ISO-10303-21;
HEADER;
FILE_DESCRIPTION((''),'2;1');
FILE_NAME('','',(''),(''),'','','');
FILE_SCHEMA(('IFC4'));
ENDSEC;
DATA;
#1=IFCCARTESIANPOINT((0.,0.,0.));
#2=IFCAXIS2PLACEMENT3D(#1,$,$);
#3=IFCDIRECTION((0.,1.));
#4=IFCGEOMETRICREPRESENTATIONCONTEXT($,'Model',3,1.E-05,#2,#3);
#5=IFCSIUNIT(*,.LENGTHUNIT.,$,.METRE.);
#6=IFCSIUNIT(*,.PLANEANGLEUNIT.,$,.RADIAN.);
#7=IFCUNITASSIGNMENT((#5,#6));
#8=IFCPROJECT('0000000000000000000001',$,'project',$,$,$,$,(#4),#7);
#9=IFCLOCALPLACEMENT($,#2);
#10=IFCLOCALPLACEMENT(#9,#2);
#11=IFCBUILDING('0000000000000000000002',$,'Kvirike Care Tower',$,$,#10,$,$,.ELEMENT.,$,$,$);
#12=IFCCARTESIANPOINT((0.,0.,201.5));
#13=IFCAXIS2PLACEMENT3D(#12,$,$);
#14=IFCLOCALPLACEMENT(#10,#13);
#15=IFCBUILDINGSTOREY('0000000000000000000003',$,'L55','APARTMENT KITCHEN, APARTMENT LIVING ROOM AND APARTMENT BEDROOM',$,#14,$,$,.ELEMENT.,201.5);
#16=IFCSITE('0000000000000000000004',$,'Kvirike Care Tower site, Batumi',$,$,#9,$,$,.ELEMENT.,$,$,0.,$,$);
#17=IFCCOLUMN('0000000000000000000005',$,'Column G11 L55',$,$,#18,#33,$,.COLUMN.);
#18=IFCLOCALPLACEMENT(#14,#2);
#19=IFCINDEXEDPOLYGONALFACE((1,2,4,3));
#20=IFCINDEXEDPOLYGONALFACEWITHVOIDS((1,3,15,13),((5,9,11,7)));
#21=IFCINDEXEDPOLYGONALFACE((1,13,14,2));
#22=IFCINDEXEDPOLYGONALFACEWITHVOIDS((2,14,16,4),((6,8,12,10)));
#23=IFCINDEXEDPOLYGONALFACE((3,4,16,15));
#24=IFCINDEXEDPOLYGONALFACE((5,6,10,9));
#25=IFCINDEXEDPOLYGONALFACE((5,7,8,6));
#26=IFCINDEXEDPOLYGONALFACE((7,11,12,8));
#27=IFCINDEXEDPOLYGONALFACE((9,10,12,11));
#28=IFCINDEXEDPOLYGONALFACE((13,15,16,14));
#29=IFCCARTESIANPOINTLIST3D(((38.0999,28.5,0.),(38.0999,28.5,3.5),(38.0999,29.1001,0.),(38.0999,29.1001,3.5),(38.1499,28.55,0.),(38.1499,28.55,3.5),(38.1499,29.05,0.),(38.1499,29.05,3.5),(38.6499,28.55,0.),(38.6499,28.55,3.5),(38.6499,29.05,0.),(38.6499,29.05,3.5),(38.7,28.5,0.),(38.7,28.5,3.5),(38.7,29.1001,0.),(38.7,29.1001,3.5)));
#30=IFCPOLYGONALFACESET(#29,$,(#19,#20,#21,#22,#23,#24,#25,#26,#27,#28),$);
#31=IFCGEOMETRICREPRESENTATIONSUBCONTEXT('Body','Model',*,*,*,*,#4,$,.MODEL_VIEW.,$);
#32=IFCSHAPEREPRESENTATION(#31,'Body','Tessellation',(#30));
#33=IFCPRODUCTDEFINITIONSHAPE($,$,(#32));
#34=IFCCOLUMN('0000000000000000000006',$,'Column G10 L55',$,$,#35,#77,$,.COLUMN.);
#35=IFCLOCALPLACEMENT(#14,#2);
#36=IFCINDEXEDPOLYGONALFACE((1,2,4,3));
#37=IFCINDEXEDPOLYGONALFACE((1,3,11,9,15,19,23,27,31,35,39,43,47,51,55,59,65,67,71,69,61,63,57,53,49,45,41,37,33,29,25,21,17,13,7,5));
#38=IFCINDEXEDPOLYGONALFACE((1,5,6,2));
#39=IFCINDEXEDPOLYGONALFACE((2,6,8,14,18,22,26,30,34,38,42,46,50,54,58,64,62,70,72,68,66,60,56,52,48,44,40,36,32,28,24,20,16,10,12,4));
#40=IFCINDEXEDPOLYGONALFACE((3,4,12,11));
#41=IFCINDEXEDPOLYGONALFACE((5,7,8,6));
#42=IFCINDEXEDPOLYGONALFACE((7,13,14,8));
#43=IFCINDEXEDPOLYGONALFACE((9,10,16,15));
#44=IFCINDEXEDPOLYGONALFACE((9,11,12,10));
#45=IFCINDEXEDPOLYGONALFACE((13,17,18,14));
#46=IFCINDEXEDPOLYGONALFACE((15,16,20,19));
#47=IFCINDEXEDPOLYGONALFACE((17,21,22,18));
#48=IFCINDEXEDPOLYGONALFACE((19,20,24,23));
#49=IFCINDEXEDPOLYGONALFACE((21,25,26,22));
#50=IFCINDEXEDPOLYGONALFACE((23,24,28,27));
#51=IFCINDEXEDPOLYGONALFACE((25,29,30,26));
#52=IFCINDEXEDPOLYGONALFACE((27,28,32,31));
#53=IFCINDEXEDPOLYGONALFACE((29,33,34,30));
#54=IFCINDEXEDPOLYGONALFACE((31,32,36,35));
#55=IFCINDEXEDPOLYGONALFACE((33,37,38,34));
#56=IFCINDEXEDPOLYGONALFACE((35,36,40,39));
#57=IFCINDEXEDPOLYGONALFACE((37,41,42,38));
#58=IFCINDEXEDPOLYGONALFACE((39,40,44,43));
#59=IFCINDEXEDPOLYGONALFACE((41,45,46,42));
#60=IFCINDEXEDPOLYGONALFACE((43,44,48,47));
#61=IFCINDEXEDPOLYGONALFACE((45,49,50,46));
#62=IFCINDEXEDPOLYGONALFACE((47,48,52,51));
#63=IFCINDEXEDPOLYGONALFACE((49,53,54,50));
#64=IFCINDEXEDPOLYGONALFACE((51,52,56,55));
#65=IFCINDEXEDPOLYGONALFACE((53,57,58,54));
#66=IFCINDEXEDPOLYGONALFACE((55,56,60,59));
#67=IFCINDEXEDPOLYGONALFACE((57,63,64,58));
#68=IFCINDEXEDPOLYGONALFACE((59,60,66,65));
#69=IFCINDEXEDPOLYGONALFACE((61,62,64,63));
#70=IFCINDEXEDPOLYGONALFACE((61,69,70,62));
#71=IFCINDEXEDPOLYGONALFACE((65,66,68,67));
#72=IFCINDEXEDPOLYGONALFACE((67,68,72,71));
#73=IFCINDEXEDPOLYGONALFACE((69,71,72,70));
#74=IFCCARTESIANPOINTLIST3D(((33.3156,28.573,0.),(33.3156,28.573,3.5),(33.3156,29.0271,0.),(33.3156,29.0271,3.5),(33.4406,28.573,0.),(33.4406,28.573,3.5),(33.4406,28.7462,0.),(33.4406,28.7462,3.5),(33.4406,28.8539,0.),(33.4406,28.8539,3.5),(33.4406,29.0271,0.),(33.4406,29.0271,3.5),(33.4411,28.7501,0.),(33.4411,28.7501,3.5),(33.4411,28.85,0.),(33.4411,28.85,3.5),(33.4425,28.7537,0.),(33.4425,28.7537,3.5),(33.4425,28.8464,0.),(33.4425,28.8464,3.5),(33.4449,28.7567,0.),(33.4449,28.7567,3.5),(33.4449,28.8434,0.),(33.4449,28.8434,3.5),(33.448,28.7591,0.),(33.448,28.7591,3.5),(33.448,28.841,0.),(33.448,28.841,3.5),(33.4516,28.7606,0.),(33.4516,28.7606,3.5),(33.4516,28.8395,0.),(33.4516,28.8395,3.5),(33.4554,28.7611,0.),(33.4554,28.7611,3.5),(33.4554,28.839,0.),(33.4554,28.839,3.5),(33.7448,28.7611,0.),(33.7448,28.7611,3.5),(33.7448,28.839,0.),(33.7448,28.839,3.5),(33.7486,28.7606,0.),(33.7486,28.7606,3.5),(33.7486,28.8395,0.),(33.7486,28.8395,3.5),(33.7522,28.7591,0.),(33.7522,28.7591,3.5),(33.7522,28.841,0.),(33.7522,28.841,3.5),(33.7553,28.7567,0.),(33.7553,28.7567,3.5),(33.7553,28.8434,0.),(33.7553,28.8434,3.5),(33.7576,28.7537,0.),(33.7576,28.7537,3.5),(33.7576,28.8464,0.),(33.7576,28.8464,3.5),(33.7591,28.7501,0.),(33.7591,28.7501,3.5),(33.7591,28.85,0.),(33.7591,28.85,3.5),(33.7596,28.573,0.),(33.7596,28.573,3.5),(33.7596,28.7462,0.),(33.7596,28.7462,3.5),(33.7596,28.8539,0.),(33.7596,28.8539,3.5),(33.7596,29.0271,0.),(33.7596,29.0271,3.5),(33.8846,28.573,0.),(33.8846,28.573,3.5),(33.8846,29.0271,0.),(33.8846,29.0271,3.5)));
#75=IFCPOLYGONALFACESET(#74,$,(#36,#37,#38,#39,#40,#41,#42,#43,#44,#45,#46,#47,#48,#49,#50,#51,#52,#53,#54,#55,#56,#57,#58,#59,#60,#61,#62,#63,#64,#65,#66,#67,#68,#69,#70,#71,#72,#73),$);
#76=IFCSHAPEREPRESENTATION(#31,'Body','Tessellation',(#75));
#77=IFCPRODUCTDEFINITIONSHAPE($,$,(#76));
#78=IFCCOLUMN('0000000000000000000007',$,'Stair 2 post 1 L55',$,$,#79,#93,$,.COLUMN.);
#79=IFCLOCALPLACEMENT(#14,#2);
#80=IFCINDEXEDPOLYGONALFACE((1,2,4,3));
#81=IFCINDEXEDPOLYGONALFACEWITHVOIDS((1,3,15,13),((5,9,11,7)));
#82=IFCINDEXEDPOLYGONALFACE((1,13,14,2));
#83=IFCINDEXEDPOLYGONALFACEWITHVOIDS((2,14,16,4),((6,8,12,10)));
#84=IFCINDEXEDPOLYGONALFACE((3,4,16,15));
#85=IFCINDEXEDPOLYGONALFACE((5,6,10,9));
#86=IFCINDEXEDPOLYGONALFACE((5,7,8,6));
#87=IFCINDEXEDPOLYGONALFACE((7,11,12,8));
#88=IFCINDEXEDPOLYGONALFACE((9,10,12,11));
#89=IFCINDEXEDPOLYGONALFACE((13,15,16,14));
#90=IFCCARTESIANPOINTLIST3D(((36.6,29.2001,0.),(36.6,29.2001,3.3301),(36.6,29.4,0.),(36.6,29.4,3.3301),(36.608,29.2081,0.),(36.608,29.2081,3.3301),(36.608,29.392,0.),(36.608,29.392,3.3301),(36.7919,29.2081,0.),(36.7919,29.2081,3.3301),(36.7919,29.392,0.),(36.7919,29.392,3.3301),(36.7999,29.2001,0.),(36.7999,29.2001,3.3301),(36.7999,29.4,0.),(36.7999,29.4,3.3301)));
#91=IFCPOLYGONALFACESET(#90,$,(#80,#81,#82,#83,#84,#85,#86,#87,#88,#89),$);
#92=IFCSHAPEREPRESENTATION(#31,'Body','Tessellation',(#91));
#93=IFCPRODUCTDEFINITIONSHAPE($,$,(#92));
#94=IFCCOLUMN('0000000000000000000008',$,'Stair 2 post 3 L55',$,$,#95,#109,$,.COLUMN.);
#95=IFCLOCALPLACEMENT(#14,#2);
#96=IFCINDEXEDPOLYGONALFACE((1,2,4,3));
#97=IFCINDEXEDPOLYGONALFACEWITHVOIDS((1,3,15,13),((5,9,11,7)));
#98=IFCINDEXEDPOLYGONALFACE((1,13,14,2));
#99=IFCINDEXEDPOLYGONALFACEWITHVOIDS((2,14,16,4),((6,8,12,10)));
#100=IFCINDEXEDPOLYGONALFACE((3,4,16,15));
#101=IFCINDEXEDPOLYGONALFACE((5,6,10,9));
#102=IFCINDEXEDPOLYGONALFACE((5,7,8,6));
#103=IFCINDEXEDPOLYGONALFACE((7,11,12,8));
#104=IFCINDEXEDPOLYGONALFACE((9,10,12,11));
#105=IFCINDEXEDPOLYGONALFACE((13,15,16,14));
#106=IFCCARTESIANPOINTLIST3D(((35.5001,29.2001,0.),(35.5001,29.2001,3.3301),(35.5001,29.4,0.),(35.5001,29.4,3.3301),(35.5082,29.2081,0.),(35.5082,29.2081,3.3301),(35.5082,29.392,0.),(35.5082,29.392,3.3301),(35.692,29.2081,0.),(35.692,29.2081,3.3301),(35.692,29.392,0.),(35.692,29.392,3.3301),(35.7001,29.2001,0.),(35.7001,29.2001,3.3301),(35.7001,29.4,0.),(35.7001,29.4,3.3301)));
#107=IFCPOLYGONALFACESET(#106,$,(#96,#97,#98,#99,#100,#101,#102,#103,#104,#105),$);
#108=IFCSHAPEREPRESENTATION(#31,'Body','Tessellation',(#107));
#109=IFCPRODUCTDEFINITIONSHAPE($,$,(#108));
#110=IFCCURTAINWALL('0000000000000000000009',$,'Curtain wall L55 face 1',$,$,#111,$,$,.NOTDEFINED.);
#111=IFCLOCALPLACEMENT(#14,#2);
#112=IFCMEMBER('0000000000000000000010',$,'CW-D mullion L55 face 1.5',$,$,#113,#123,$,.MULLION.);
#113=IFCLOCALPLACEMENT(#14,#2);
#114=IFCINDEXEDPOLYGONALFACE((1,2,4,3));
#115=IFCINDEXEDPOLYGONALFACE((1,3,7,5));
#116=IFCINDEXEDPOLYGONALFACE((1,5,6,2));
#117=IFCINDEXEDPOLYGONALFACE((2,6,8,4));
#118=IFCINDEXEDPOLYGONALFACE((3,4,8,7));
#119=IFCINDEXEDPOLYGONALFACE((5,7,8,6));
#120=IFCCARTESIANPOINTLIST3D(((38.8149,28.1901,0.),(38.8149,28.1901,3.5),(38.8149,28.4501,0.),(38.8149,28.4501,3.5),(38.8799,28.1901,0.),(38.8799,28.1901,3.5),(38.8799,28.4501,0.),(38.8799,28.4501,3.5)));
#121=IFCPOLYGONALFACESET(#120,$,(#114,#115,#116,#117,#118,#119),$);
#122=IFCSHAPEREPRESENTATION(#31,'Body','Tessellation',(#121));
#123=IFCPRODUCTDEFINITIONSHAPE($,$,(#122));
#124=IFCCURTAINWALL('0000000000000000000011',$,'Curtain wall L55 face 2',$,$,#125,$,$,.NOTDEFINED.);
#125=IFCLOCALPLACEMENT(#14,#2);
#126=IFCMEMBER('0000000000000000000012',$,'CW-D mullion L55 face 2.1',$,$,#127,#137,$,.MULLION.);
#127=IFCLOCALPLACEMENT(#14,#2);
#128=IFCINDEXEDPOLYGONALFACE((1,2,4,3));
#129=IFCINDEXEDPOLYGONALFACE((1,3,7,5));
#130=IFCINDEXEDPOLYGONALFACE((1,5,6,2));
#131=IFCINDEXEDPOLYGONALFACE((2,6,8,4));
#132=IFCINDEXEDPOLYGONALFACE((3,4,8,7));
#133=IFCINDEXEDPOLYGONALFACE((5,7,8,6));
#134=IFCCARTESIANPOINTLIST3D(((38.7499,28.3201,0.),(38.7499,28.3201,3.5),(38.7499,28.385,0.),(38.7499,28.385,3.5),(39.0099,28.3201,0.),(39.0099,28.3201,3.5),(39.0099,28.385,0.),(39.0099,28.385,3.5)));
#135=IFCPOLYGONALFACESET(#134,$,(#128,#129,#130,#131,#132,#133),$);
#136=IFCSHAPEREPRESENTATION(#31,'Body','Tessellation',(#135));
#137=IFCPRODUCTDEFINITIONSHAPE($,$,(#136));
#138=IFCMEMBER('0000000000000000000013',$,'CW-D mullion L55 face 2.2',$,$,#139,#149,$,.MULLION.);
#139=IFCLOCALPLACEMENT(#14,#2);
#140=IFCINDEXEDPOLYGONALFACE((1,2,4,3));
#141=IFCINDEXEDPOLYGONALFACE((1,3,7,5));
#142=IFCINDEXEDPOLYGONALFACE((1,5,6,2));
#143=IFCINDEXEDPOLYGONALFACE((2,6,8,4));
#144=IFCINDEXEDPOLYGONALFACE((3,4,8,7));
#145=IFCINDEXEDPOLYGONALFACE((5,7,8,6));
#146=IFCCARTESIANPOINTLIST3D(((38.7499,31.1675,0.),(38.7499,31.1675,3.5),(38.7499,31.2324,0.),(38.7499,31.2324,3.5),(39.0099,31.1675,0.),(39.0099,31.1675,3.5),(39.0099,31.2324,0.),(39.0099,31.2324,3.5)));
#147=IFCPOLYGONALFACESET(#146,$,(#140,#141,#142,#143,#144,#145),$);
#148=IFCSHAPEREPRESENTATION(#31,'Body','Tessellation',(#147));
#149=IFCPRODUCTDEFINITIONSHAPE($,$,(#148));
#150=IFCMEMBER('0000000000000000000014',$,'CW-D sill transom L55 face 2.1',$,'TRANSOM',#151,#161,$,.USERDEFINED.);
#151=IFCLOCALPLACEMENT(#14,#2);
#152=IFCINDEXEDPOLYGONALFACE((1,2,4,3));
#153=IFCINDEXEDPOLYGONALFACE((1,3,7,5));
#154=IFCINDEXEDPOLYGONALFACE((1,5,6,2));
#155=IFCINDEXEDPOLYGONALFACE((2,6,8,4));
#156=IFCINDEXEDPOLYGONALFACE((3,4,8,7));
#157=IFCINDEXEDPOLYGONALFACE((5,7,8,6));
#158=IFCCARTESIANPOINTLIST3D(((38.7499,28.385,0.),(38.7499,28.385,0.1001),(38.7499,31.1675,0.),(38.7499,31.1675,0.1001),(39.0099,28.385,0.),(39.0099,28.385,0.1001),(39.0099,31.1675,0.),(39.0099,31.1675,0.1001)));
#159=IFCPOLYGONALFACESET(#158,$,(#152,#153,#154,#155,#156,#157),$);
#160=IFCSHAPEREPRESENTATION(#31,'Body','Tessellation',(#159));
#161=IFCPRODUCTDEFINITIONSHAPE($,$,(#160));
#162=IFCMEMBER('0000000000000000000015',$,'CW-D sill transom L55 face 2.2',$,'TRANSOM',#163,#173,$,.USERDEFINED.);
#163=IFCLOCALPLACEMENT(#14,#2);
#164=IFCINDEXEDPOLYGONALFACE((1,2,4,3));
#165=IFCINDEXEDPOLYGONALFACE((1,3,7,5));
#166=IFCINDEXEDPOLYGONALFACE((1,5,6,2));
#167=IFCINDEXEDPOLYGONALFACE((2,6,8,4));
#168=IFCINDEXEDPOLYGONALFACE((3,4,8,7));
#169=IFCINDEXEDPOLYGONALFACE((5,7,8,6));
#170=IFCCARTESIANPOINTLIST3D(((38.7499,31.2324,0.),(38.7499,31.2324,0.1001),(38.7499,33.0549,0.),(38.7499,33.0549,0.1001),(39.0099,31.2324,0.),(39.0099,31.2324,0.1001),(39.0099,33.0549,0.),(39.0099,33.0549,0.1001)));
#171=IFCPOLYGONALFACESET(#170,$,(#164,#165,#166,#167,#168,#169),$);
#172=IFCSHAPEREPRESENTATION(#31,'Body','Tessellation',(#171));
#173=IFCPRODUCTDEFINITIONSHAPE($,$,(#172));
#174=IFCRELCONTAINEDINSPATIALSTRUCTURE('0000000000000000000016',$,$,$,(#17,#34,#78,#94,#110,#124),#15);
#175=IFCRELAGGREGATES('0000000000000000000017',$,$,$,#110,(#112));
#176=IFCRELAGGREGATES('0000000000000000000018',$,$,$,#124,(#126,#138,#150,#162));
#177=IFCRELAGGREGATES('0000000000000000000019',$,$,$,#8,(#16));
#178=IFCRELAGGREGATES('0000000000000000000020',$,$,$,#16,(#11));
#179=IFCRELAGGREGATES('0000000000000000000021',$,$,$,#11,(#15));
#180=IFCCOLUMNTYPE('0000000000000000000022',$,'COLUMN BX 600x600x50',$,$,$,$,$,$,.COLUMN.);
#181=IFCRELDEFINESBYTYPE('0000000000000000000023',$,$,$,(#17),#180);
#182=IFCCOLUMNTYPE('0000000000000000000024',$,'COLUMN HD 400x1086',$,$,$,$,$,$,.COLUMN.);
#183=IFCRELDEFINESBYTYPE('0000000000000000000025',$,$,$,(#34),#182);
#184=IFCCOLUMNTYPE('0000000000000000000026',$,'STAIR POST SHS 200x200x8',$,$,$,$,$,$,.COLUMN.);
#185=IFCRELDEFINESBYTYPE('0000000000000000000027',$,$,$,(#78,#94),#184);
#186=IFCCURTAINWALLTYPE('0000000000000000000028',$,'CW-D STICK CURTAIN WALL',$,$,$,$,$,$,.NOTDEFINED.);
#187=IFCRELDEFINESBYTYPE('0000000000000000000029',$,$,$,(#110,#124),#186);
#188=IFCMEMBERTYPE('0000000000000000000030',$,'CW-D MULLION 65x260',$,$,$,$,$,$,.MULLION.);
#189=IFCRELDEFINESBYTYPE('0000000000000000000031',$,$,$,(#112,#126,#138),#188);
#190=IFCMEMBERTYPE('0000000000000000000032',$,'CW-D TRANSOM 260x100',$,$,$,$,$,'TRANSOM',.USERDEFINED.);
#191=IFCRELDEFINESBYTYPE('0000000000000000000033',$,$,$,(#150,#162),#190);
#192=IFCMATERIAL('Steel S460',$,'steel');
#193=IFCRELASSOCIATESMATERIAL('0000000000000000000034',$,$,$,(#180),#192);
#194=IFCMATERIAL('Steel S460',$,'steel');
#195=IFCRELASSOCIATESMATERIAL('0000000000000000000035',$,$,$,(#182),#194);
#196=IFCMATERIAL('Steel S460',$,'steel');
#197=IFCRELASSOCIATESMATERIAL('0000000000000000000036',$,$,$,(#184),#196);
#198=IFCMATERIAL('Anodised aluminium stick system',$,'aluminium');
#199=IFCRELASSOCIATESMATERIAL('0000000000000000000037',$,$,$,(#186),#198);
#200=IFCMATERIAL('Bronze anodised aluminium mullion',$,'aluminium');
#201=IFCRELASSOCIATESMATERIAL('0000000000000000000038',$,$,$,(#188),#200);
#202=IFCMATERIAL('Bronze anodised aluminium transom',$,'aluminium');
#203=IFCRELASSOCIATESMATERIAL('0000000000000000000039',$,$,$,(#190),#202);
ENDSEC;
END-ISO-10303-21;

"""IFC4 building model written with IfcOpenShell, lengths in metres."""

from ifc_helpers import new_model, si_unit, direction, frame, origin, origin_2d, place, context, subcontext, project, spatial, rectangle, hollow_rectangle, i_section, extrude, material, material_profile, profile_set, type_object, element, aggregate, save


model = new_model("IFC4")

# Units and contexts
model_context = context("Model", 3, precision=1e-05, world=origin(), true_north=direction((0.0, 1.0)))
body_context = subcontext(model_context, "Body", "Model", "MODEL_VIEW")
ifc_project = project(units=[si_unit("LENGTHUNIT", "METRE"), si_unit("PLANEANGLEUNIT", "RADIAN")], contexts=[model_context])

# Site, building, storey
site_placement = place(None, origin())
site = spatial("IfcSite", under=ifc_project, at=site_placement, Name="Kvirike Care Tower site, Batumi", CompositionType="ELEMENT", RefElevation=0.0)
building_placement = place(site_placement, origin())
building = spatial("IfcBuilding", under=site, at=building_placement, Name="Kvirike Care Tower", CompositionType="ELEMENT")
storey_placement = place(building_placement, frame((0.0, 0.0, 201.5)))
storey = spatial("IfcBuildingStorey", under=building, at=storey_placement, Name="L55", Description="APARTMENT KITCHEN, APARTMENT LIVING ROOM AND APARTMENT BEDROOM", CompositionType="ELEMENT", Elevation=201.5)

# Columns
ifc_material_1 = material(Name="Steel S460", Category="steel")
ifc_material_profile_1 = material_profile(ifc_material_1, hollow_rectangle(XDim=0.6001, YDim=0.6001, WallThickness=0.05, at=origin_2d()), Name="BX 600x600x50")
ifc_profile_set_1 = profile_set([ifc_material_profile_1], Name="Steel S460")
column_type_1 = type_object("IfcColumnType", Name="COLUMN BX 600x600x50", PredefinedType="COLUMN", material=ifc_profile_set_1)
column_1_placement = place(storey_placement, frame((38.3999, 28.8, 0.0), z_axis=(0.0, 0.0, 1.0), x_axis=(0.0, 1.0, 0.0)))
element("IfcColumn", 1, at=column_1_placement, inside=storey, type_object=column_type_1, Name="Column G11 L55", PredefinedType="COLUMN", context=body_context, shape_type="SweptSolid", body=[
    extrude(hollow_rectangle(XDim=0.6001, YDim=0.6001, WallThickness=0.05, at=origin_2d()), origin(), (0.0, 0.0, 1.0), 3.5),
])
ifc_material_2 = material(Name="Steel S460", Category="steel")
ifc_material_profile_2 = material_profile(ifc_material_2, i_section(OverallWidth=0.4541, OverallDepth=0.5691, WebThickness=0.0779, FlangeThickness=0.125, FilletRadius=0.0149, at=origin_2d()), Name="HD 400x1086")
ifc_profile_set_2 = profile_set([ifc_material_profile_2], Name="Steel S460")
column_type_2 = type_object("IfcColumnType", Name="COLUMN HD 400x1086", PredefinedType="COLUMN", material=ifc_profile_set_2)
column_2_placement = place(storey_placement, frame((33.6001, 28.8, 0.0), z_axis=(0.0, 0.0, 1.0), x_axis=(0.0, 1.0, 0.0)))
element("IfcColumn", 2, at=column_2_placement, inside=storey, type_object=column_type_2, Name="Column G10 L55", PredefinedType="COLUMN", context=body_context, shape_type="SweptSolid", body=[
    extrude(i_section(OverallWidth=0.4541, OverallDepth=0.5691, WebThickness=0.0779, FlangeThickness=0.125, FilletRadius=0.0149, at=origin_2d()), origin(), (0.0, 0.0, 1.0), 3.5),
])
ifc_material_3 = material(Name="Steel S460", Category="steel")
ifc_material_profile_3 = material_profile(ifc_material_3, hollow_rectangle(XDim=0.2, YDim=0.2, WallThickness=0.0081, at=origin_2d()), Name="SHS 200x200x8")
ifc_profile_set_3 = profile_set([ifc_material_profile_3], Name="Steel S460")
column_type_3 = type_object("IfcColumnType", Name="STAIR POST SHS 200x200x8", PredefinedType="COLUMN", material=ifc_profile_set_3)
for number, where, z_axis, x_axis, name in (
    (3, (36.7, 29.3, 0.0), (0.0, 0.0, 1.0), (1.0, 0.0, 0.0), "Stair 2 post 1 L55"),
    (4, (35.6001, 29.3, 0.0), (0.0, 0.0, 1.0), (1.0, 0.0, 0.0), "Stair 2 post 3 L55"),
):
    element("IfcColumn", number, at=place(storey_placement, frame(where, z_axis=z_axis, x_axis=x_axis)), inside=storey, type_object=column_type_3, Name=name, PredefinedType="COLUMN", context=body_context, shape_type="SweptSolid", body=[
        extrude(hollow_rectangle(XDim=0.2, YDim=0.2, WallThickness=0.0081, at=origin_2d()), origin(), (0.0, 0.0, 1.0), 3.3301),
    ])

# Curtain wall, member
ifc_material_4 = material(Name="Anodised aluminium stick system", Category="aluminium")
curtain_wall_type = type_object("IfcCurtainWallType", Name="CW-D STICK CURTAIN WALL", PredefinedType="NOTDEFINED", material=ifc_material_4)
curtain_wall_1_placement = place(storey_placement, origin())
curtain_wall_1 = element("IfcCurtainWall", 5, at=curtain_wall_1_placement, inside=storey, type_object=curtain_wall_type, Name="Curtain wall L55 face 1", PredefinedType="NOTDEFINED")
ifc_material_5 = material(Name="Bronze anodised aluminium mullion", Category="aluminium")
ifc_material_profile_4 = material_profile(ifc_material_5, rectangle(XDim=0.0649, YDim=0.26, at=origin_2d()), Name="CW-D MULLION 65x260")
ifc_profile_set_4 = profile_set([ifc_material_profile_4], Name="Bronze anodised aluminium mullion")
member_type_1 = type_object("IfcMemberType", Name="CW-D MULLION 65x260", PredefinedType="MULLION", material=ifc_profile_set_4)
member_1_placement = place(storey_placement, frame((38.8474, 28.3201, 0.0), z_axis=(0.0, 0.0, 1.0), x_axis=(1.0, 0.0, 0.0)))
member_1 = element("IfcMember", 6, at=member_1_placement, type_object=member_type_1, Name="CW-D mullion L55 face 1.5", PredefinedType="MULLION", context=body_context, shape_type="SweptSolid", body=[
    extrude(rectangle(XDim=0.0649, YDim=0.26, at=origin_2d()), origin(), (0.0, 0.0, 1.0), 3.5),
])
aggregate(curtain_wall_1, [member_1])

# Curtain wall, members
curtain_wall_2_placement = place(storey_placement, origin())
curtain_wall_2 = element("IfcCurtainWall", 7, at=curtain_wall_2_placement, inside=storey, type_object=curtain_wall_type, Name="Curtain wall L55 face 2", PredefinedType="NOTDEFINED")
member_2_placement = place(storey_placement, frame((38.8799, 28.3525, 0.0), z_axis=(0.0, 0.0, 1.0), x_axis=(0.0, 1.0, 0.0)))
member_2 = element("IfcMember", 8, at=member_2_placement, type_object=member_type_1, Name="CW-D mullion L55 face 2.1", PredefinedType="MULLION", context=body_context, shape_type="SweptSolid", body=[
    extrude(rectangle(XDim=0.0649, YDim=0.26, at=origin_2d()), origin(), (0.0, 0.0, 1.0), 3.5),
])
member_3_placement = place(storey_placement, frame((38.8799, 31.2, 0.0), z_axis=(0.0, 0.0, 1.0), x_axis=(0.0, 1.0, 0.0)))
member_3 = element("IfcMember", 9, at=member_3_placement, type_object=member_type_1, Name="CW-D mullion L55 face 2.2", PredefinedType="MULLION", context=body_context, shape_type="SweptSolid", body=[
    extrude(rectangle(XDim=0.0649, YDim=0.26, at=origin_2d()), origin(), (0.0, 0.0, 1.0), 3.5),
])
ifc_material_6 = material(Name="Bronze anodised aluminium transom", Category="aluminium")
ifc_material_profile_5 = material_profile(ifc_material_6, rectangle(XDim=0.26, YDim=0.1001, at=origin_2d()), Name="CW-D TRANSOM 260x100")
ifc_profile_set_5 = profile_set([ifc_material_profile_5], Name="Bronze anodised aluminium transom")
member_type_2 = type_object("IfcMemberType", Name="CW-D TRANSOM 260x100", ElementType="TRANSOM", PredefinedType="USERDEFINED", material=ifc_profile_set_5)
member_4_placement = place(storey_placement, frame((38.8799, 28.385, 0.05), z_axis=(0.0, 1.0, 0.0), x_axis=(-1.0, 0.0, 0.0)))
member_4 = element("IfcMember", 10, at=member_4_placement, type_object=member_type_2, Name="CW-D sill transom L55 face 2.1", ObjectType="TRANSOM", PredefinedType="USERDEFINED", context=body_context, shape_type="SweptSolid", body=[
    extrude(rectangle(XDim=0.26, YDim=0.1001, at=origin_2d()), origin(), (0.0, 0.0, 1.0), 2.7825),
])
member_5_placement = place(storey_placement, frame((38.8799, 31.2324, 0.05), z_axis=(0.0, 1.0, 0.0), x_axis=(-1.0, 0.0, 0.0)))
member_5 = element("IfcMember", 11, at=member_5_placement, type_object=member_type_2, Name="CW-D sill transom L55 face 2.2", ObjectType="TRANSOM", PredefinedType="USERDEFINED", context=body_context, shape_type="SweptSolid", body=[
    extrude(rectangle(XDim=0.26, YDim=0.1001, at=origin_2d()), origin(), (0.0, 0.0, 1.0), 1.8225),
])

aggregate(curtain_wall_2, [member_2, member_3, member_4, member_5])

save(model, "model.ifc")
